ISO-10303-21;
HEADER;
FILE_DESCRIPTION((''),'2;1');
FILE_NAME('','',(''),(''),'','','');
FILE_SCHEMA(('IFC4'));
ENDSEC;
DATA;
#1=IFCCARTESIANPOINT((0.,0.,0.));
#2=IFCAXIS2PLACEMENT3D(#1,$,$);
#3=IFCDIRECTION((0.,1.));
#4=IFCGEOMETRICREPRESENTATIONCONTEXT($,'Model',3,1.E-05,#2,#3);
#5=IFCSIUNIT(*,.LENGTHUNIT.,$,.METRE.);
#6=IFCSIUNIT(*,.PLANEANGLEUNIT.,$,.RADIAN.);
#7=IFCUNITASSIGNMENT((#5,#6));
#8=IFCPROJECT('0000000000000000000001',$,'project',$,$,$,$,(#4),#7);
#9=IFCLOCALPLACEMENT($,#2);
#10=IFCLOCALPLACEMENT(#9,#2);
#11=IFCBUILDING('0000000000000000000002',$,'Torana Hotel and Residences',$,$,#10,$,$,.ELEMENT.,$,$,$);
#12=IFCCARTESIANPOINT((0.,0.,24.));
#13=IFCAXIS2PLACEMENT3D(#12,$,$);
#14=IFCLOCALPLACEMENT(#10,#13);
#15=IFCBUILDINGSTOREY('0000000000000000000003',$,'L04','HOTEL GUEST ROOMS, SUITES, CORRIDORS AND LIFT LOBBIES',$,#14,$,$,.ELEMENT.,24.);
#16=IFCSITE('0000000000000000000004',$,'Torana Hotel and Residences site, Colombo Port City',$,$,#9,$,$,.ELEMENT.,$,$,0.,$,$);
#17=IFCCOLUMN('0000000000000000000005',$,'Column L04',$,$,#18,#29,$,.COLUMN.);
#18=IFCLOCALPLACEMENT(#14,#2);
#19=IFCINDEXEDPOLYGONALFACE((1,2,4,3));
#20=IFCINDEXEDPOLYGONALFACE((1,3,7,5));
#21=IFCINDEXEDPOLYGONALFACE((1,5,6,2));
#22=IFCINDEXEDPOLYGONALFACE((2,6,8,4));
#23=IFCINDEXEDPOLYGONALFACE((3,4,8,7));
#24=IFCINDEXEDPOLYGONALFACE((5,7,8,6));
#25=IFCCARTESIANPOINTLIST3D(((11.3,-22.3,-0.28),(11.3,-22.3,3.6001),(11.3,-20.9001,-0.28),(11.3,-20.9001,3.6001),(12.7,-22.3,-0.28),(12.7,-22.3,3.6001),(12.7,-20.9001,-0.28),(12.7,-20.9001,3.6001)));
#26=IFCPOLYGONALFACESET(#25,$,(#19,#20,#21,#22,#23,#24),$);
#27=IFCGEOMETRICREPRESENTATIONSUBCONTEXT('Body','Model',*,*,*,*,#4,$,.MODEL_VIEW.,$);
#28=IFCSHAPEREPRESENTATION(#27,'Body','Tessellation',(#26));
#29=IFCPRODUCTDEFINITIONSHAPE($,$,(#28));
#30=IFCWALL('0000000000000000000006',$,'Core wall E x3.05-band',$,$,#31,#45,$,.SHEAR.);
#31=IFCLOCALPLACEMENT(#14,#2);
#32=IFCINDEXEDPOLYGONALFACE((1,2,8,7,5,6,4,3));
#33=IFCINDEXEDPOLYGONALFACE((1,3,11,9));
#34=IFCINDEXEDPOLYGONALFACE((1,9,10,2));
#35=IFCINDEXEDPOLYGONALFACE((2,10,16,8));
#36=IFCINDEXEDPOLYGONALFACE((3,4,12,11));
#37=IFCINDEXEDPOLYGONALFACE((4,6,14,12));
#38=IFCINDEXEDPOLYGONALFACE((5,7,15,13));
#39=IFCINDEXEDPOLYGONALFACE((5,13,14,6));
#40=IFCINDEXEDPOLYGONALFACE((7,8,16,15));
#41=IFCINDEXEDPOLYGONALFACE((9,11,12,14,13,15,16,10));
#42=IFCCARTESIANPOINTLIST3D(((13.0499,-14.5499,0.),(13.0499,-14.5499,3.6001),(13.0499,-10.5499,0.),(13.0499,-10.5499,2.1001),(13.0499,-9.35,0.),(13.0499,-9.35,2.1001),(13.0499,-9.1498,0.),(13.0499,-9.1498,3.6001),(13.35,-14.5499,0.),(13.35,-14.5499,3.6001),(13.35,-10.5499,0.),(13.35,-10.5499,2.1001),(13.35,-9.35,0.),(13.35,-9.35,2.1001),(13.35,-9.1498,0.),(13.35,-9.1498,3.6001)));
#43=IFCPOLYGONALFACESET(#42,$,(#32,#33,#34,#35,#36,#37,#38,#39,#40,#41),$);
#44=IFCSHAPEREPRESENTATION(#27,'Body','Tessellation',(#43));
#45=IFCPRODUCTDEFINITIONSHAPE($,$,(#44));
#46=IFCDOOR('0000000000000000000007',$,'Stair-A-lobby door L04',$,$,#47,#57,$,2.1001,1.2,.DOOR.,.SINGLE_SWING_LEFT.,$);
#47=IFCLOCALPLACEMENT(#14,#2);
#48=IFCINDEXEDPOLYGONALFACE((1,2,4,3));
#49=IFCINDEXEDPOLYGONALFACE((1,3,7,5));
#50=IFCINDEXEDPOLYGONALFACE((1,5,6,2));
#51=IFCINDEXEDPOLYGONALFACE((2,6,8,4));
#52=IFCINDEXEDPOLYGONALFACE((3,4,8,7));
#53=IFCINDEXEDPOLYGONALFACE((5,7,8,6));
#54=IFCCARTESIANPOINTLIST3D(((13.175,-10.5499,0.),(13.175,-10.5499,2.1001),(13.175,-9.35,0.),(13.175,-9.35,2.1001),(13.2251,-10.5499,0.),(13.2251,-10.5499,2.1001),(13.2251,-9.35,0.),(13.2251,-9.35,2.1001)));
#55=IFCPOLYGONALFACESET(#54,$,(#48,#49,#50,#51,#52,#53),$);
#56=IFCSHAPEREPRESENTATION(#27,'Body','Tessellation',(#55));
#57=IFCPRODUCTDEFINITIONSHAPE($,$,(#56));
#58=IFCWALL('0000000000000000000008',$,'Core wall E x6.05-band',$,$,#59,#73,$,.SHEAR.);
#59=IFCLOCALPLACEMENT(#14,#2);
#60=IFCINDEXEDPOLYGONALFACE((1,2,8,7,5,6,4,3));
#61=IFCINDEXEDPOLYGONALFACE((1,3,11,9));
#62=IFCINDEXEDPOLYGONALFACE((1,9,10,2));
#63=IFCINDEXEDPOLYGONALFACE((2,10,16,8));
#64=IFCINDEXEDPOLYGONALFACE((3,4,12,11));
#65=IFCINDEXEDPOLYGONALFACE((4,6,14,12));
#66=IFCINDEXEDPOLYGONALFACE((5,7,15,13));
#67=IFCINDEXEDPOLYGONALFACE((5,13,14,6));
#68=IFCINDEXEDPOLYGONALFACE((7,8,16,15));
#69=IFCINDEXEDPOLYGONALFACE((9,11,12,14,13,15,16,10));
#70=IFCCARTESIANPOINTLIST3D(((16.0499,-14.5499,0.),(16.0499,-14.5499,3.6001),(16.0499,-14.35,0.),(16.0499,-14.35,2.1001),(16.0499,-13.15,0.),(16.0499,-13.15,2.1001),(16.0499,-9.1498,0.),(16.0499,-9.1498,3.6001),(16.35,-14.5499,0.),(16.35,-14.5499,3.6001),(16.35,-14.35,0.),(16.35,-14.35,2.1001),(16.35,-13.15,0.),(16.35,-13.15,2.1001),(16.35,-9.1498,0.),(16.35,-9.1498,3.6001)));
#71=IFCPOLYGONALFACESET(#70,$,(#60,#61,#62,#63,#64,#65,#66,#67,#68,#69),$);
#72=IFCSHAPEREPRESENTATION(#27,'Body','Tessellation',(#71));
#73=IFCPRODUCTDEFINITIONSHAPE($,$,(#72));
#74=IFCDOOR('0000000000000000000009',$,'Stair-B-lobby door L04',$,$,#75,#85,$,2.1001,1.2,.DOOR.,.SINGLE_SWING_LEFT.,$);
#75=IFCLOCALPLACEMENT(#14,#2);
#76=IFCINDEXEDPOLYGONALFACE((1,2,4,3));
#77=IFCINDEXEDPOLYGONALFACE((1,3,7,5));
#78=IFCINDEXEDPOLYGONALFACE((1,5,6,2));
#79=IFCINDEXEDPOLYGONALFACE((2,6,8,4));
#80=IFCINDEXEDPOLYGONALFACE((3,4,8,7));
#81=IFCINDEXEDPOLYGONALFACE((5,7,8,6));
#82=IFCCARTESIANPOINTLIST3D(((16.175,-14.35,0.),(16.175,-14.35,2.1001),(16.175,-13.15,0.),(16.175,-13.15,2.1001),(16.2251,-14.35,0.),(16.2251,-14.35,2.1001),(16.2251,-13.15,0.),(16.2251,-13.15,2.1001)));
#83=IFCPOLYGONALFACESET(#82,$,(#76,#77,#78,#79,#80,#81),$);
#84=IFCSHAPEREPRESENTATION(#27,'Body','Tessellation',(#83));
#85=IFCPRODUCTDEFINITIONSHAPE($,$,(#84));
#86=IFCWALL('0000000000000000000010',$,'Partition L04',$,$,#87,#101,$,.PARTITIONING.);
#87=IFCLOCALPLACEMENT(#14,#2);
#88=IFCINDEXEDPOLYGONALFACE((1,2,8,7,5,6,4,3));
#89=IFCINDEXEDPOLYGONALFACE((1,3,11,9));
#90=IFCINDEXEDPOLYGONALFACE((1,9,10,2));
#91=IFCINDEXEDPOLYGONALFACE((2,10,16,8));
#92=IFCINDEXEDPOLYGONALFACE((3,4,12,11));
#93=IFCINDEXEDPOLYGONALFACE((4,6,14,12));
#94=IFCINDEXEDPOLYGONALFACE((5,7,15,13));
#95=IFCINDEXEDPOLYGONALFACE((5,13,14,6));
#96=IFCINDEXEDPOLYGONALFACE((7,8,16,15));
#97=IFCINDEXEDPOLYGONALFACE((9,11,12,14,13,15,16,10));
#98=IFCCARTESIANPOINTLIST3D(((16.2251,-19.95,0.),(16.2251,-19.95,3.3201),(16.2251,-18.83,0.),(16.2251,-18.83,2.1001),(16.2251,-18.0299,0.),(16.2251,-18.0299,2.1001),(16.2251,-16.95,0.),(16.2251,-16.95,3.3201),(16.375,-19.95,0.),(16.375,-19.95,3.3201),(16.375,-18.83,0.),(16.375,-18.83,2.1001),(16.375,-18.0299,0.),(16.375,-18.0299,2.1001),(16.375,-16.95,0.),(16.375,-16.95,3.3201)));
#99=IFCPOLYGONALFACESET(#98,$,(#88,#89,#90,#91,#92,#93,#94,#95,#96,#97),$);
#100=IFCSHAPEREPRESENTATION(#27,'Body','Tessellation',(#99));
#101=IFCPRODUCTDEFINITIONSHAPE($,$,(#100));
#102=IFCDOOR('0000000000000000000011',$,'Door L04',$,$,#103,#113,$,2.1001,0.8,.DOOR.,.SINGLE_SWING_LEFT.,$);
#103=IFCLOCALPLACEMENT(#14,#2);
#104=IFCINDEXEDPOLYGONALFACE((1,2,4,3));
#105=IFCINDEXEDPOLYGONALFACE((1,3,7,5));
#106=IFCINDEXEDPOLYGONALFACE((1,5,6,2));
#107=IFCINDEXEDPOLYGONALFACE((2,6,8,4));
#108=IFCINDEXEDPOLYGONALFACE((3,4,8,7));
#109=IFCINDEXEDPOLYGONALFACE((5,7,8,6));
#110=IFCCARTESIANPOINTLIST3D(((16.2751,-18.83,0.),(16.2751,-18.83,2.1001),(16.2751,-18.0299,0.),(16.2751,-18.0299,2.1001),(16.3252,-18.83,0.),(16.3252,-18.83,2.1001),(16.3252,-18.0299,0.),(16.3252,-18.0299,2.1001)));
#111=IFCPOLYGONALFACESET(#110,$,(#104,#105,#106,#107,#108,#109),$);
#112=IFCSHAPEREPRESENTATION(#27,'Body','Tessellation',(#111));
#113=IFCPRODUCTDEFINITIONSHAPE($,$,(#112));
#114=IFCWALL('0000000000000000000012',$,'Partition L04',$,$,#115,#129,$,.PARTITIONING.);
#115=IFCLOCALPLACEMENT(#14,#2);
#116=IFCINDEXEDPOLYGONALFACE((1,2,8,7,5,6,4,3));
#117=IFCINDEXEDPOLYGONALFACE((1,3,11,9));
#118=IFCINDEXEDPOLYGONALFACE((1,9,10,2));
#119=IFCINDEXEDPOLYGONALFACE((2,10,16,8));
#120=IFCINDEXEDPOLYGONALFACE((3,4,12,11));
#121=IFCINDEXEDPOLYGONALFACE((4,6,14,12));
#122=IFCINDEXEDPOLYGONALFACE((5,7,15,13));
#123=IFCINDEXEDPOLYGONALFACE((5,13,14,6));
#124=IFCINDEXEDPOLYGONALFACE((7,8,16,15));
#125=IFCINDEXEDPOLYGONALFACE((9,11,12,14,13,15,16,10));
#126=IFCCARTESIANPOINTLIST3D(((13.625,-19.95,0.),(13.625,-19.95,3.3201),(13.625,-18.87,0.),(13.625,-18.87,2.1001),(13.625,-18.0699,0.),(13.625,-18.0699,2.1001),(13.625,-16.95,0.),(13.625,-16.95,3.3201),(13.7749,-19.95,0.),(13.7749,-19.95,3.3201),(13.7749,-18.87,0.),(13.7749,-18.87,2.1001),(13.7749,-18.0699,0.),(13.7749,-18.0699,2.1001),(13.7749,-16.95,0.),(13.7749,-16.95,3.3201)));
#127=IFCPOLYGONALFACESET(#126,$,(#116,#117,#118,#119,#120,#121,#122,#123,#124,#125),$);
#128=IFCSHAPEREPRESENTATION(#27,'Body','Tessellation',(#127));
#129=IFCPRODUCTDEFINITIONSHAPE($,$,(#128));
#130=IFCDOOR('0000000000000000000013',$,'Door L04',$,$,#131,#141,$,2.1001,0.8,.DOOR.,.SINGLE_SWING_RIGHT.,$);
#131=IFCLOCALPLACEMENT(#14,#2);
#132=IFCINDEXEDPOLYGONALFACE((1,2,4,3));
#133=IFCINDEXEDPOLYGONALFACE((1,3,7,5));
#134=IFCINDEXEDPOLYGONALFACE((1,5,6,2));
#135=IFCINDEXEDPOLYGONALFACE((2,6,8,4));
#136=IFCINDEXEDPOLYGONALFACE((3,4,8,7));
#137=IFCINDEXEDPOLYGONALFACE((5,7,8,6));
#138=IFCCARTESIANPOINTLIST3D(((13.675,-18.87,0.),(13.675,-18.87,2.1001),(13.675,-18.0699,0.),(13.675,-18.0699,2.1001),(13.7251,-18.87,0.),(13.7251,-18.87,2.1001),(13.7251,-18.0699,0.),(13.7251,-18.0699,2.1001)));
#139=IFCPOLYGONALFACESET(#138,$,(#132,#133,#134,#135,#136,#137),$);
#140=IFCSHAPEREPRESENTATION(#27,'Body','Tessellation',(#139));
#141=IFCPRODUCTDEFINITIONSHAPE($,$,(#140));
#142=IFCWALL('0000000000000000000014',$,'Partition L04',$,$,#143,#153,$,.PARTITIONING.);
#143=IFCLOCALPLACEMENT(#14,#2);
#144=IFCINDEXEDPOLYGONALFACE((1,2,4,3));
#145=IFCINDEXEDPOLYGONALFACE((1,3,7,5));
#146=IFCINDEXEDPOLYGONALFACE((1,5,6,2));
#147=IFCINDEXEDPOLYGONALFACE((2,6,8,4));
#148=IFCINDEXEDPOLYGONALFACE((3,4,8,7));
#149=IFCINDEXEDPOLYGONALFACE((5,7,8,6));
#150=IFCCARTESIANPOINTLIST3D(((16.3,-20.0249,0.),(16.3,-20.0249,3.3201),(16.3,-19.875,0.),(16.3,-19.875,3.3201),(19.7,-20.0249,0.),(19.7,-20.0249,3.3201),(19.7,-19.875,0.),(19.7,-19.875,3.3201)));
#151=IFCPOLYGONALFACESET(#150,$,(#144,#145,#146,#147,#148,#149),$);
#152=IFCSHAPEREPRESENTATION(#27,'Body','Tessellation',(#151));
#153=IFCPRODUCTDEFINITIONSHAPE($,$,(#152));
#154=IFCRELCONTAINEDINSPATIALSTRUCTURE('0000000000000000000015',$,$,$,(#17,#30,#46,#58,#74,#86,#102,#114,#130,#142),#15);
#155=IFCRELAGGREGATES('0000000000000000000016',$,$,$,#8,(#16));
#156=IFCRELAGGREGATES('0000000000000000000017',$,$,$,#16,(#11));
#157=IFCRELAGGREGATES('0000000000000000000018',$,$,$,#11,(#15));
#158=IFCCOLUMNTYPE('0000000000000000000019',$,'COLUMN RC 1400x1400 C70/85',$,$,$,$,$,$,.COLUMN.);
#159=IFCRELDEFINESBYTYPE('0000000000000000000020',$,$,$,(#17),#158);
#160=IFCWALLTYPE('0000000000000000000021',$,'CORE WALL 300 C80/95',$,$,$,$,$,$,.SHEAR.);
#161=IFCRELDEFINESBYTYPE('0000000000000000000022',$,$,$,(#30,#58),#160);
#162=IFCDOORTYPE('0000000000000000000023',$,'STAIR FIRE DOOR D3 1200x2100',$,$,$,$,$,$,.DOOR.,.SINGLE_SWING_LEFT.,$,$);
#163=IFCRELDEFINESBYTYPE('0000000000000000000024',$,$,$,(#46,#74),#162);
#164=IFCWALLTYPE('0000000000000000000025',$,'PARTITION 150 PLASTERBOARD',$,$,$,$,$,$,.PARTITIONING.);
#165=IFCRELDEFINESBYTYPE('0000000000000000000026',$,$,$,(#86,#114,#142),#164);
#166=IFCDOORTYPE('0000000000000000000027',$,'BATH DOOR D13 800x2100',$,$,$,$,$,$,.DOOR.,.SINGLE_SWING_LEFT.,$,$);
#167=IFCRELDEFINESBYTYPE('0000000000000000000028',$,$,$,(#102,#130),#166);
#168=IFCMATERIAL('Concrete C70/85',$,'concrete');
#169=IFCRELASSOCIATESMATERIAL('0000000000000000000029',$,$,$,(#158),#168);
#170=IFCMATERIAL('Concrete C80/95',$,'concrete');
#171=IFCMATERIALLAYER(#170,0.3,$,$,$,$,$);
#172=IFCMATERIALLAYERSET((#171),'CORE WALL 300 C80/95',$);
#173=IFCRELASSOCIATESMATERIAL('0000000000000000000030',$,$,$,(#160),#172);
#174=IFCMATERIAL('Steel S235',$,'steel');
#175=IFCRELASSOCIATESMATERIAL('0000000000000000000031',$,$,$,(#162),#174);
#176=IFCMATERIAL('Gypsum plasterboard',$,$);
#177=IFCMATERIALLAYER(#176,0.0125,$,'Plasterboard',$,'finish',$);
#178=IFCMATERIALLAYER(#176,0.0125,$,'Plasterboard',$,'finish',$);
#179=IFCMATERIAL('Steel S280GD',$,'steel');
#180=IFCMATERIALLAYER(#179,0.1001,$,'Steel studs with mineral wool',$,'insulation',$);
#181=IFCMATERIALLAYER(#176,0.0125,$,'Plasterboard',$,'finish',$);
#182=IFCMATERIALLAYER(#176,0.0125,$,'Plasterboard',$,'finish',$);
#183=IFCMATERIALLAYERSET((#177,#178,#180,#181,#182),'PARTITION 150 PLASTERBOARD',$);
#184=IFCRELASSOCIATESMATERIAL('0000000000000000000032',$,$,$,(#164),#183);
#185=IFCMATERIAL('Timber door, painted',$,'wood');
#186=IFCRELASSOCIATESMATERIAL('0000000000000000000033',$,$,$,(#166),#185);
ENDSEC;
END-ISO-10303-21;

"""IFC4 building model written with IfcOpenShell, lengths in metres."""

from ifc_helpers import new_model, si_unit, direction, frame, frame_2d, origin, origin_2d, place, context, subcontext, project, spatial, rectangle, extrude, material, layer, layer_set, material_profile, profile_set, type_object, element, fill, save


model = new_model("IFC4")

# Units and contexts
model_context = context("Model", 3, precision=1e-05, world=origin(), true_north=direction((0.0, 1.0)))
body_context = subcontext(model_context, "Body", "Model", "MODEL_VIEW")
ifc_project = project(units=[si_unit("LENGTHUNIT", "METRE"), si_unit("PLANEANGLEUNIT", "RADIAN")], contexts=[model_context])

# Site, building, storey
site_placement = place(None, origin())
site = spatial("IfcSite", under=ifc_project, at=site_placement, Name="Torana Hotel and Residences site, Colombo Port City", CompositionType="ELEMENT", RefElevation=0.0)
building_placement = place(site_placement, origin())
building = spatial("IfcBuilding", under=site, at=building_placement, Name="Torana Hotel and Residences", CompositionType="ELEMENT")
storey_placement = place(building_placement, frame((0.0, 0.0, 24.0)))
storey = spatial("IfcBuildingStorey", under=building, at=storey_placement, Name="L04", Description="HOTEL GUEST ROOMS, SUITES, CORRIDORS AND LIFT LOBBIES", CompositionType="ELEMENT", Elevation=24.0)

# Column
ifc_material_1 = material(Name="Concrete C70/85", Category="concrete")
ifc_material_profile = material_profile(ifc_material_1, rectangle(XDim=1.3999, YDim=1.3999, at=origin_2d()), Name="RC 1400x1400")
ifc_profile_set = profile_set([ifc_material_profile], Name="Concrete C70/85")
column_type = type_object("IfcColumnType", Name="COLUMN RC 1400x1400 C70/85", PredefinedType="COLUMN", material=ifc_profile_set)
column_placement = place(storey_placement, frame((12.0, -21.6001, -0.28), z_axis=(0.0, 0.0, 1.0), x_axis=(1.0, 0.0, 0.0)))
element("IfcColumn", 1, at=column_placement, inside=storey, type_object=column_type, Name="Column L04", PredefinedType="COLUMN", context=body_context, shape_type="SweptSolid", body=[
    extrude(rectangle(XDim=1.3999, YDim=1.3999, at=origin_2d()), origin(), (0.0, 0.0, 1.0), 3.8801),
])

# Walls, openings, doors
ifc_material_2 = material(Name="Concrete C80/95", Category="concrete")
ifc_layer_1 = layer(ifc_material_2, 0.3)
ifc_layer_set_1 = layer_set([ifc_layer_1], Name="CORE WALL 300 C80/95")
wall_type_1 = type_object("IfcWallType", Name="CORE WALL 300 C80/95", PredefinedType="SHEAR", material=ifc_layer_set_1)
wall_1_placement = place(storey_placement, frame((13.2, -14.55, 0.0), z_axis=(0.0, 0.0, 1.0), x_axis=(0.0, 1.0, 0.0)))
wall_1 = element("IfcWall", 2, at=wall_1_placement, inside=storey, type_object=wall_type_1, Name="Core wall E x3.05-band", PredefinedType="SHEAR", context=body_context, shape_type="SweptSolid", body=[
    extrude(rectangle(XDim=5.4001, YDim=0.3, at=frame_2d((2.7002, 0.0))), origin(), (0.0, 0.0, 1.0), 3.6001),
])
opening_1_placement = place(wall_1_placement, frame((4.0, 0.0, 0.0)))
opening_1 = element("IfcOpeningElement", 3, at=opening_1_placement, cuts=wall_1, PredefinedType="OPENING", context=body_context, shape_type="SweptSolid", body=[
    extrude(rectangle(XDim=1.2, YDim=2.1001, at=frame_2d((0.6001, 1.05))), frame((0.0, 0.1599, 0.0), z_axis=(0.0, -1.0, 0.0), x_axis=(1.0, 0.0, 0.0)), (0.0, 0.0, 1.0), 0.3201),
])
ifc_material_3 = material(Name="Steel S235", Category="steel")
door_type_1 = type_object("IfcDoorType", Name="STAIR FIRE DOOR D3 1200x2100", OperationType="SINGLE_SWING_LEFT", PredefinedType="DOOR", material=ifc_material_3)
door_1_placement = place(opening_1_placement, origin())
door_1 = element("IfcDoor", 4, at=door_1_placement, inside=storey, type_object=door_type_1, Name="Stair-A-lobby door L04", OperationType="SINGLE_SWING_LEFT", OverallHeight=2.1001, OverallWidth=1.2, PredefinedType="DOOR", context=body_context, shape_type="SweptSolid", body=[
    extrude(rectangle(XDim=1.2, YDim=2.1001, at=frame_2d((0.6001, 1.05))), frame((0.0, 0.0249, 0.0), z_axis=(0.0, -1.0, 0.0), x_axis=(1.0, 0.0, 0.0)), (0.0, 0.0, 1.0), 0.05),
])
fill(opening_1, door_1)
wall_2_placement = place(storey_placement, frame((16.2, -14.55, 0.0), z_axis=(0.0, 0.0, 1.0), x_axis=(0.0, 1.0, 0.0)))
wall_2 = element("IfcWall", 5, at=wall_2_placement, inside=storey, type_object=wall_type_1, Name="Core wall E x6.05-band", PredefinedType="SHEAR", context=body_context, shape_type="SweptSolid", body=[
    extrude(rectangle(XDim=5.4001, YDim=0.3, at=frame_2d((2.7002, 0.0))), origin(), (0.0, 0.0, 1.0), 3.6001),
])
opening_2_placement = place(wall_2_placement, frame((0.2, 0.0, 0.0)))
opening_2 = element("IfcOpeningElement", 6, at=opening_2_placement, cuts=wall_2, PredefinedType="OPENING", context=body_context, shape_type="SweptSolid", body=[
    extrude(rectangle(XDim=1.2, YDim=2.1001, at=frame_2d((0.6001, 1.05))), frame((0.0, 0.1599, 0.0), z_axis=(0.0, -1.0, 0.0), x_axis=(1.0, 0.0, 0.0)), (0.0, 0.0, 1.0), 0.3201),
])
door_2_placement = place(opening_2_placement, frame((0.6001, 0.0, 0.0), z_axis=(0.0, 0.0, 1.0), x_axis=(-1.0, 0.0, 0.0)))
door_2 = element("IfcDoor", 7, at=door_2_placement, inside=storey, type_object=door_type_1, Name="Stair-B-lobby door L04", OperationType="SINGLE_SWING_LEFT", OverallHeight=2.1001, OverallWidth=1.2, PredefinedType="DOOR", context=body_context, shape_type="SweptSolid", body=[
    extrude(rectangle(XDim=1.2, YDim=2.1001, at=frame_2d((0.0, 1.05))), frame((0.0, -0.0249, 0.0), z_axis=(0.0, 1.0, 0.0), x_axis=(-1.0, 0.0, 0.0)), (0.0, 0.0, 1.0), 0.05),
])
fill(opening_2, door_2)
ifc_material_4 = material(Name="Gypsum plasterboard")
ifc_layer_2 = layer(ifc_material_4, 0.0125, Name="Plasterboard", Category="finish")
ifc_layer_3 = layer(ifc_material_4, 0.0125, Name="Plasterboard", Category="finish")
ifc_material_5 = material(Name="Steel S280GD", Category="steel")
ifc_layer_4 = layer(ifc_material_5, 0.1001, Name="Steel studs with mineral wool", Category="insulation")
ifc_layer_5 = layer(ifc_material_4, 0.0125, Name="Plasterboard", Category="finish")
ifc_layer_6 = layer(ifc_material_4, 0.0125, Name="Plasterboard", Category="finish")
ifc_layer_set_2 = layer_set([ifc_layer_2, ifc_layer_3, ifc_layer_4, ifc_layer_5, ifc_layer_6], Name="PARTITION 150 PLASTERBOARD")
wall_type_2 = type_object("IfcWallType", Name="PARTITION 150 PLASTERBOARD", PredefinedType="PARTITIONING", material=ifc_layer_set_2)
wall_3_placement = place(storey_placement, frame((16.3, -19.95, 0.0), z_axis=(0.0, 0.0, 1.0), x_axis=(0.0, 1.0, 0.0)))
wall_3 = element("IfcWall", 8, at=wall_3_placement, inside=storey, type_object=wall_type_2, Name="Partition L04", PredefinedType="PARTITIONING", context=body_context, shape_type="SweptSolid", body=[
    extrude(rectangle(XDim=3.0, YDim=0.1499, at=frame_2d((1.5, 0.0))), origin(), (0.0, 0.0, 1.0), 3.3201),
])
opening_3_placement = place(wall_3_placement, frame((1.1201, 0.0, 0.0)))
opening_3 = element("IfcOpeningElement", 9, at=opening_3_placement, cuts=wall_3, PredefinedType="OPENING", context=body_context, shape_type="SweptSolid", body=[
    extrude(rectangle(XDim=0.8, YDim=2.1001, at=frame_2d((0.3999, 1.05))), frame((0.0, 0.085, 0.0), z_axis=(0.0, -1.0, 0.0), x_axis=(1.0, 0.0, 0.0)), (0.0, 0.0, 1.0), 0.1699),
])
ifc_material_6 = material(Name="Timber door, painted", Category="wood")
door_type_2 = type_object("IfcDoorType", Name="BATH DOOR D13 800x2100", OperationType="SINGLE_SWING_LEFT", PredefinedType="DOOR", material=ifc_material_6)
door_3_placement = place(opening_3_placement, origin())
door_3 = element("IfcDoor", 10, at=door_3_placement, inside=storey, type_object=door_type_2, Name="Door L04", OperationType="SINGLE_SWING_LEFT", OverallHeight=2.1001, OverallWidth=0.8, PredefinedType="DOOR", context=body_context, shape_type="SweptSolid", body=[
    extrude(rectangle(XDim=0.8, YDim=2.1001, at=frame_2d((0.3999, 1.05))), frame((0.0, 0.0249, 0.0), z_axis=(0.0, -1.0, 0.0), x_axis=(1.0, 0.0, 0.0)), (0.0, 0.0, 1.0), 0.05),
])
fill(opening_3, door_3)
wall_4_placement = place(storey_placement, frame((13.7, -19.95, 0.0), z_axis=(0.0, 0.0, 1.0), x_axis=(0.0, 1.0, 0.0)))
wall_4 = element("IfcWall", 11, at=wall_4_placement, inside=storey, type_object=wall_type_2, Name="Partition L04", PredefinedType="PARTITIONING", context=body_context, shape_type="SweptSolid", body=[
    extrude(rectangle(XDim=3.0, YDim=0.1499, at=frame_2d((1.5, 0.0))), origin(), (0.0, 0.0, 1.0), 3.3201),
])
opening_4_placement = place(wall_4_placement, frame((1.0801, 0.0, 0.0)))
opening_4 = element("IfcOpeningElement", 12, at=opening_4_placement, cuts=wall_4, PredefinedType="OPENING", context=body_context, shape_type="SweptSolid", body=[
    extrude(rectangle(XDim=0.8, YDim=2.1001, at=frame_2d((0.3999, 1.05))), frame((0.0, 0.085, 0.0), z_axis=(0.0, -1.0, 0.0), x_axis=(1.0, 0.0, 0.0)), (0.0, 0.0, 1.0), 0.1699),
])
door_4_placement = place(opening_4_placement, origin())
door_4 = element("IfcDoor", 13, at=door_4_placement, inside=storey, type_object=door_type_2, Name="Door L04", OperationType="SINGLE_SWING_RIGHT", OverallHeight=2.1001, OverallWidth=0.8, PredefinedType="DOOR", context=body_context, shape_type="SweptSolid", body=[
    extrude(rectangle(XDim=0.8, YDim=2.1001, at=frame_2d((0.3999, 1.05))), frame((0.0, 0.0249, 0.0), z_axis=(0.0, -1.0, 0.0), x_axis=(1.0, 0.0, 0.0)), (0.0, 0.0, 1.0), 0.05),
])
fill(opening_4, door_4)

# Wall
wall_5_placement = place(storey_placement, frame((16.3, -19.95, 0.0), z_axis=(0.0, 0.0, 1.0), x_axis=(1.0, 0.0, 0.0)))
element("IfcWall", 14, at=wall_5_placement, inside=storey, type_object=wall_type_2, Name="Partition L04", PredefinedType="PARTITIONING", context=body_context, shape_type="SweptSolid", body=[
    extrude(rectangle(XDim=3.3999, YDim=0.1499, at=frame_2d((1.7, 0.0))), origin(), (0.0, 0.0, 1.0), 3.3201),
])

save(model, "model.ifc")
